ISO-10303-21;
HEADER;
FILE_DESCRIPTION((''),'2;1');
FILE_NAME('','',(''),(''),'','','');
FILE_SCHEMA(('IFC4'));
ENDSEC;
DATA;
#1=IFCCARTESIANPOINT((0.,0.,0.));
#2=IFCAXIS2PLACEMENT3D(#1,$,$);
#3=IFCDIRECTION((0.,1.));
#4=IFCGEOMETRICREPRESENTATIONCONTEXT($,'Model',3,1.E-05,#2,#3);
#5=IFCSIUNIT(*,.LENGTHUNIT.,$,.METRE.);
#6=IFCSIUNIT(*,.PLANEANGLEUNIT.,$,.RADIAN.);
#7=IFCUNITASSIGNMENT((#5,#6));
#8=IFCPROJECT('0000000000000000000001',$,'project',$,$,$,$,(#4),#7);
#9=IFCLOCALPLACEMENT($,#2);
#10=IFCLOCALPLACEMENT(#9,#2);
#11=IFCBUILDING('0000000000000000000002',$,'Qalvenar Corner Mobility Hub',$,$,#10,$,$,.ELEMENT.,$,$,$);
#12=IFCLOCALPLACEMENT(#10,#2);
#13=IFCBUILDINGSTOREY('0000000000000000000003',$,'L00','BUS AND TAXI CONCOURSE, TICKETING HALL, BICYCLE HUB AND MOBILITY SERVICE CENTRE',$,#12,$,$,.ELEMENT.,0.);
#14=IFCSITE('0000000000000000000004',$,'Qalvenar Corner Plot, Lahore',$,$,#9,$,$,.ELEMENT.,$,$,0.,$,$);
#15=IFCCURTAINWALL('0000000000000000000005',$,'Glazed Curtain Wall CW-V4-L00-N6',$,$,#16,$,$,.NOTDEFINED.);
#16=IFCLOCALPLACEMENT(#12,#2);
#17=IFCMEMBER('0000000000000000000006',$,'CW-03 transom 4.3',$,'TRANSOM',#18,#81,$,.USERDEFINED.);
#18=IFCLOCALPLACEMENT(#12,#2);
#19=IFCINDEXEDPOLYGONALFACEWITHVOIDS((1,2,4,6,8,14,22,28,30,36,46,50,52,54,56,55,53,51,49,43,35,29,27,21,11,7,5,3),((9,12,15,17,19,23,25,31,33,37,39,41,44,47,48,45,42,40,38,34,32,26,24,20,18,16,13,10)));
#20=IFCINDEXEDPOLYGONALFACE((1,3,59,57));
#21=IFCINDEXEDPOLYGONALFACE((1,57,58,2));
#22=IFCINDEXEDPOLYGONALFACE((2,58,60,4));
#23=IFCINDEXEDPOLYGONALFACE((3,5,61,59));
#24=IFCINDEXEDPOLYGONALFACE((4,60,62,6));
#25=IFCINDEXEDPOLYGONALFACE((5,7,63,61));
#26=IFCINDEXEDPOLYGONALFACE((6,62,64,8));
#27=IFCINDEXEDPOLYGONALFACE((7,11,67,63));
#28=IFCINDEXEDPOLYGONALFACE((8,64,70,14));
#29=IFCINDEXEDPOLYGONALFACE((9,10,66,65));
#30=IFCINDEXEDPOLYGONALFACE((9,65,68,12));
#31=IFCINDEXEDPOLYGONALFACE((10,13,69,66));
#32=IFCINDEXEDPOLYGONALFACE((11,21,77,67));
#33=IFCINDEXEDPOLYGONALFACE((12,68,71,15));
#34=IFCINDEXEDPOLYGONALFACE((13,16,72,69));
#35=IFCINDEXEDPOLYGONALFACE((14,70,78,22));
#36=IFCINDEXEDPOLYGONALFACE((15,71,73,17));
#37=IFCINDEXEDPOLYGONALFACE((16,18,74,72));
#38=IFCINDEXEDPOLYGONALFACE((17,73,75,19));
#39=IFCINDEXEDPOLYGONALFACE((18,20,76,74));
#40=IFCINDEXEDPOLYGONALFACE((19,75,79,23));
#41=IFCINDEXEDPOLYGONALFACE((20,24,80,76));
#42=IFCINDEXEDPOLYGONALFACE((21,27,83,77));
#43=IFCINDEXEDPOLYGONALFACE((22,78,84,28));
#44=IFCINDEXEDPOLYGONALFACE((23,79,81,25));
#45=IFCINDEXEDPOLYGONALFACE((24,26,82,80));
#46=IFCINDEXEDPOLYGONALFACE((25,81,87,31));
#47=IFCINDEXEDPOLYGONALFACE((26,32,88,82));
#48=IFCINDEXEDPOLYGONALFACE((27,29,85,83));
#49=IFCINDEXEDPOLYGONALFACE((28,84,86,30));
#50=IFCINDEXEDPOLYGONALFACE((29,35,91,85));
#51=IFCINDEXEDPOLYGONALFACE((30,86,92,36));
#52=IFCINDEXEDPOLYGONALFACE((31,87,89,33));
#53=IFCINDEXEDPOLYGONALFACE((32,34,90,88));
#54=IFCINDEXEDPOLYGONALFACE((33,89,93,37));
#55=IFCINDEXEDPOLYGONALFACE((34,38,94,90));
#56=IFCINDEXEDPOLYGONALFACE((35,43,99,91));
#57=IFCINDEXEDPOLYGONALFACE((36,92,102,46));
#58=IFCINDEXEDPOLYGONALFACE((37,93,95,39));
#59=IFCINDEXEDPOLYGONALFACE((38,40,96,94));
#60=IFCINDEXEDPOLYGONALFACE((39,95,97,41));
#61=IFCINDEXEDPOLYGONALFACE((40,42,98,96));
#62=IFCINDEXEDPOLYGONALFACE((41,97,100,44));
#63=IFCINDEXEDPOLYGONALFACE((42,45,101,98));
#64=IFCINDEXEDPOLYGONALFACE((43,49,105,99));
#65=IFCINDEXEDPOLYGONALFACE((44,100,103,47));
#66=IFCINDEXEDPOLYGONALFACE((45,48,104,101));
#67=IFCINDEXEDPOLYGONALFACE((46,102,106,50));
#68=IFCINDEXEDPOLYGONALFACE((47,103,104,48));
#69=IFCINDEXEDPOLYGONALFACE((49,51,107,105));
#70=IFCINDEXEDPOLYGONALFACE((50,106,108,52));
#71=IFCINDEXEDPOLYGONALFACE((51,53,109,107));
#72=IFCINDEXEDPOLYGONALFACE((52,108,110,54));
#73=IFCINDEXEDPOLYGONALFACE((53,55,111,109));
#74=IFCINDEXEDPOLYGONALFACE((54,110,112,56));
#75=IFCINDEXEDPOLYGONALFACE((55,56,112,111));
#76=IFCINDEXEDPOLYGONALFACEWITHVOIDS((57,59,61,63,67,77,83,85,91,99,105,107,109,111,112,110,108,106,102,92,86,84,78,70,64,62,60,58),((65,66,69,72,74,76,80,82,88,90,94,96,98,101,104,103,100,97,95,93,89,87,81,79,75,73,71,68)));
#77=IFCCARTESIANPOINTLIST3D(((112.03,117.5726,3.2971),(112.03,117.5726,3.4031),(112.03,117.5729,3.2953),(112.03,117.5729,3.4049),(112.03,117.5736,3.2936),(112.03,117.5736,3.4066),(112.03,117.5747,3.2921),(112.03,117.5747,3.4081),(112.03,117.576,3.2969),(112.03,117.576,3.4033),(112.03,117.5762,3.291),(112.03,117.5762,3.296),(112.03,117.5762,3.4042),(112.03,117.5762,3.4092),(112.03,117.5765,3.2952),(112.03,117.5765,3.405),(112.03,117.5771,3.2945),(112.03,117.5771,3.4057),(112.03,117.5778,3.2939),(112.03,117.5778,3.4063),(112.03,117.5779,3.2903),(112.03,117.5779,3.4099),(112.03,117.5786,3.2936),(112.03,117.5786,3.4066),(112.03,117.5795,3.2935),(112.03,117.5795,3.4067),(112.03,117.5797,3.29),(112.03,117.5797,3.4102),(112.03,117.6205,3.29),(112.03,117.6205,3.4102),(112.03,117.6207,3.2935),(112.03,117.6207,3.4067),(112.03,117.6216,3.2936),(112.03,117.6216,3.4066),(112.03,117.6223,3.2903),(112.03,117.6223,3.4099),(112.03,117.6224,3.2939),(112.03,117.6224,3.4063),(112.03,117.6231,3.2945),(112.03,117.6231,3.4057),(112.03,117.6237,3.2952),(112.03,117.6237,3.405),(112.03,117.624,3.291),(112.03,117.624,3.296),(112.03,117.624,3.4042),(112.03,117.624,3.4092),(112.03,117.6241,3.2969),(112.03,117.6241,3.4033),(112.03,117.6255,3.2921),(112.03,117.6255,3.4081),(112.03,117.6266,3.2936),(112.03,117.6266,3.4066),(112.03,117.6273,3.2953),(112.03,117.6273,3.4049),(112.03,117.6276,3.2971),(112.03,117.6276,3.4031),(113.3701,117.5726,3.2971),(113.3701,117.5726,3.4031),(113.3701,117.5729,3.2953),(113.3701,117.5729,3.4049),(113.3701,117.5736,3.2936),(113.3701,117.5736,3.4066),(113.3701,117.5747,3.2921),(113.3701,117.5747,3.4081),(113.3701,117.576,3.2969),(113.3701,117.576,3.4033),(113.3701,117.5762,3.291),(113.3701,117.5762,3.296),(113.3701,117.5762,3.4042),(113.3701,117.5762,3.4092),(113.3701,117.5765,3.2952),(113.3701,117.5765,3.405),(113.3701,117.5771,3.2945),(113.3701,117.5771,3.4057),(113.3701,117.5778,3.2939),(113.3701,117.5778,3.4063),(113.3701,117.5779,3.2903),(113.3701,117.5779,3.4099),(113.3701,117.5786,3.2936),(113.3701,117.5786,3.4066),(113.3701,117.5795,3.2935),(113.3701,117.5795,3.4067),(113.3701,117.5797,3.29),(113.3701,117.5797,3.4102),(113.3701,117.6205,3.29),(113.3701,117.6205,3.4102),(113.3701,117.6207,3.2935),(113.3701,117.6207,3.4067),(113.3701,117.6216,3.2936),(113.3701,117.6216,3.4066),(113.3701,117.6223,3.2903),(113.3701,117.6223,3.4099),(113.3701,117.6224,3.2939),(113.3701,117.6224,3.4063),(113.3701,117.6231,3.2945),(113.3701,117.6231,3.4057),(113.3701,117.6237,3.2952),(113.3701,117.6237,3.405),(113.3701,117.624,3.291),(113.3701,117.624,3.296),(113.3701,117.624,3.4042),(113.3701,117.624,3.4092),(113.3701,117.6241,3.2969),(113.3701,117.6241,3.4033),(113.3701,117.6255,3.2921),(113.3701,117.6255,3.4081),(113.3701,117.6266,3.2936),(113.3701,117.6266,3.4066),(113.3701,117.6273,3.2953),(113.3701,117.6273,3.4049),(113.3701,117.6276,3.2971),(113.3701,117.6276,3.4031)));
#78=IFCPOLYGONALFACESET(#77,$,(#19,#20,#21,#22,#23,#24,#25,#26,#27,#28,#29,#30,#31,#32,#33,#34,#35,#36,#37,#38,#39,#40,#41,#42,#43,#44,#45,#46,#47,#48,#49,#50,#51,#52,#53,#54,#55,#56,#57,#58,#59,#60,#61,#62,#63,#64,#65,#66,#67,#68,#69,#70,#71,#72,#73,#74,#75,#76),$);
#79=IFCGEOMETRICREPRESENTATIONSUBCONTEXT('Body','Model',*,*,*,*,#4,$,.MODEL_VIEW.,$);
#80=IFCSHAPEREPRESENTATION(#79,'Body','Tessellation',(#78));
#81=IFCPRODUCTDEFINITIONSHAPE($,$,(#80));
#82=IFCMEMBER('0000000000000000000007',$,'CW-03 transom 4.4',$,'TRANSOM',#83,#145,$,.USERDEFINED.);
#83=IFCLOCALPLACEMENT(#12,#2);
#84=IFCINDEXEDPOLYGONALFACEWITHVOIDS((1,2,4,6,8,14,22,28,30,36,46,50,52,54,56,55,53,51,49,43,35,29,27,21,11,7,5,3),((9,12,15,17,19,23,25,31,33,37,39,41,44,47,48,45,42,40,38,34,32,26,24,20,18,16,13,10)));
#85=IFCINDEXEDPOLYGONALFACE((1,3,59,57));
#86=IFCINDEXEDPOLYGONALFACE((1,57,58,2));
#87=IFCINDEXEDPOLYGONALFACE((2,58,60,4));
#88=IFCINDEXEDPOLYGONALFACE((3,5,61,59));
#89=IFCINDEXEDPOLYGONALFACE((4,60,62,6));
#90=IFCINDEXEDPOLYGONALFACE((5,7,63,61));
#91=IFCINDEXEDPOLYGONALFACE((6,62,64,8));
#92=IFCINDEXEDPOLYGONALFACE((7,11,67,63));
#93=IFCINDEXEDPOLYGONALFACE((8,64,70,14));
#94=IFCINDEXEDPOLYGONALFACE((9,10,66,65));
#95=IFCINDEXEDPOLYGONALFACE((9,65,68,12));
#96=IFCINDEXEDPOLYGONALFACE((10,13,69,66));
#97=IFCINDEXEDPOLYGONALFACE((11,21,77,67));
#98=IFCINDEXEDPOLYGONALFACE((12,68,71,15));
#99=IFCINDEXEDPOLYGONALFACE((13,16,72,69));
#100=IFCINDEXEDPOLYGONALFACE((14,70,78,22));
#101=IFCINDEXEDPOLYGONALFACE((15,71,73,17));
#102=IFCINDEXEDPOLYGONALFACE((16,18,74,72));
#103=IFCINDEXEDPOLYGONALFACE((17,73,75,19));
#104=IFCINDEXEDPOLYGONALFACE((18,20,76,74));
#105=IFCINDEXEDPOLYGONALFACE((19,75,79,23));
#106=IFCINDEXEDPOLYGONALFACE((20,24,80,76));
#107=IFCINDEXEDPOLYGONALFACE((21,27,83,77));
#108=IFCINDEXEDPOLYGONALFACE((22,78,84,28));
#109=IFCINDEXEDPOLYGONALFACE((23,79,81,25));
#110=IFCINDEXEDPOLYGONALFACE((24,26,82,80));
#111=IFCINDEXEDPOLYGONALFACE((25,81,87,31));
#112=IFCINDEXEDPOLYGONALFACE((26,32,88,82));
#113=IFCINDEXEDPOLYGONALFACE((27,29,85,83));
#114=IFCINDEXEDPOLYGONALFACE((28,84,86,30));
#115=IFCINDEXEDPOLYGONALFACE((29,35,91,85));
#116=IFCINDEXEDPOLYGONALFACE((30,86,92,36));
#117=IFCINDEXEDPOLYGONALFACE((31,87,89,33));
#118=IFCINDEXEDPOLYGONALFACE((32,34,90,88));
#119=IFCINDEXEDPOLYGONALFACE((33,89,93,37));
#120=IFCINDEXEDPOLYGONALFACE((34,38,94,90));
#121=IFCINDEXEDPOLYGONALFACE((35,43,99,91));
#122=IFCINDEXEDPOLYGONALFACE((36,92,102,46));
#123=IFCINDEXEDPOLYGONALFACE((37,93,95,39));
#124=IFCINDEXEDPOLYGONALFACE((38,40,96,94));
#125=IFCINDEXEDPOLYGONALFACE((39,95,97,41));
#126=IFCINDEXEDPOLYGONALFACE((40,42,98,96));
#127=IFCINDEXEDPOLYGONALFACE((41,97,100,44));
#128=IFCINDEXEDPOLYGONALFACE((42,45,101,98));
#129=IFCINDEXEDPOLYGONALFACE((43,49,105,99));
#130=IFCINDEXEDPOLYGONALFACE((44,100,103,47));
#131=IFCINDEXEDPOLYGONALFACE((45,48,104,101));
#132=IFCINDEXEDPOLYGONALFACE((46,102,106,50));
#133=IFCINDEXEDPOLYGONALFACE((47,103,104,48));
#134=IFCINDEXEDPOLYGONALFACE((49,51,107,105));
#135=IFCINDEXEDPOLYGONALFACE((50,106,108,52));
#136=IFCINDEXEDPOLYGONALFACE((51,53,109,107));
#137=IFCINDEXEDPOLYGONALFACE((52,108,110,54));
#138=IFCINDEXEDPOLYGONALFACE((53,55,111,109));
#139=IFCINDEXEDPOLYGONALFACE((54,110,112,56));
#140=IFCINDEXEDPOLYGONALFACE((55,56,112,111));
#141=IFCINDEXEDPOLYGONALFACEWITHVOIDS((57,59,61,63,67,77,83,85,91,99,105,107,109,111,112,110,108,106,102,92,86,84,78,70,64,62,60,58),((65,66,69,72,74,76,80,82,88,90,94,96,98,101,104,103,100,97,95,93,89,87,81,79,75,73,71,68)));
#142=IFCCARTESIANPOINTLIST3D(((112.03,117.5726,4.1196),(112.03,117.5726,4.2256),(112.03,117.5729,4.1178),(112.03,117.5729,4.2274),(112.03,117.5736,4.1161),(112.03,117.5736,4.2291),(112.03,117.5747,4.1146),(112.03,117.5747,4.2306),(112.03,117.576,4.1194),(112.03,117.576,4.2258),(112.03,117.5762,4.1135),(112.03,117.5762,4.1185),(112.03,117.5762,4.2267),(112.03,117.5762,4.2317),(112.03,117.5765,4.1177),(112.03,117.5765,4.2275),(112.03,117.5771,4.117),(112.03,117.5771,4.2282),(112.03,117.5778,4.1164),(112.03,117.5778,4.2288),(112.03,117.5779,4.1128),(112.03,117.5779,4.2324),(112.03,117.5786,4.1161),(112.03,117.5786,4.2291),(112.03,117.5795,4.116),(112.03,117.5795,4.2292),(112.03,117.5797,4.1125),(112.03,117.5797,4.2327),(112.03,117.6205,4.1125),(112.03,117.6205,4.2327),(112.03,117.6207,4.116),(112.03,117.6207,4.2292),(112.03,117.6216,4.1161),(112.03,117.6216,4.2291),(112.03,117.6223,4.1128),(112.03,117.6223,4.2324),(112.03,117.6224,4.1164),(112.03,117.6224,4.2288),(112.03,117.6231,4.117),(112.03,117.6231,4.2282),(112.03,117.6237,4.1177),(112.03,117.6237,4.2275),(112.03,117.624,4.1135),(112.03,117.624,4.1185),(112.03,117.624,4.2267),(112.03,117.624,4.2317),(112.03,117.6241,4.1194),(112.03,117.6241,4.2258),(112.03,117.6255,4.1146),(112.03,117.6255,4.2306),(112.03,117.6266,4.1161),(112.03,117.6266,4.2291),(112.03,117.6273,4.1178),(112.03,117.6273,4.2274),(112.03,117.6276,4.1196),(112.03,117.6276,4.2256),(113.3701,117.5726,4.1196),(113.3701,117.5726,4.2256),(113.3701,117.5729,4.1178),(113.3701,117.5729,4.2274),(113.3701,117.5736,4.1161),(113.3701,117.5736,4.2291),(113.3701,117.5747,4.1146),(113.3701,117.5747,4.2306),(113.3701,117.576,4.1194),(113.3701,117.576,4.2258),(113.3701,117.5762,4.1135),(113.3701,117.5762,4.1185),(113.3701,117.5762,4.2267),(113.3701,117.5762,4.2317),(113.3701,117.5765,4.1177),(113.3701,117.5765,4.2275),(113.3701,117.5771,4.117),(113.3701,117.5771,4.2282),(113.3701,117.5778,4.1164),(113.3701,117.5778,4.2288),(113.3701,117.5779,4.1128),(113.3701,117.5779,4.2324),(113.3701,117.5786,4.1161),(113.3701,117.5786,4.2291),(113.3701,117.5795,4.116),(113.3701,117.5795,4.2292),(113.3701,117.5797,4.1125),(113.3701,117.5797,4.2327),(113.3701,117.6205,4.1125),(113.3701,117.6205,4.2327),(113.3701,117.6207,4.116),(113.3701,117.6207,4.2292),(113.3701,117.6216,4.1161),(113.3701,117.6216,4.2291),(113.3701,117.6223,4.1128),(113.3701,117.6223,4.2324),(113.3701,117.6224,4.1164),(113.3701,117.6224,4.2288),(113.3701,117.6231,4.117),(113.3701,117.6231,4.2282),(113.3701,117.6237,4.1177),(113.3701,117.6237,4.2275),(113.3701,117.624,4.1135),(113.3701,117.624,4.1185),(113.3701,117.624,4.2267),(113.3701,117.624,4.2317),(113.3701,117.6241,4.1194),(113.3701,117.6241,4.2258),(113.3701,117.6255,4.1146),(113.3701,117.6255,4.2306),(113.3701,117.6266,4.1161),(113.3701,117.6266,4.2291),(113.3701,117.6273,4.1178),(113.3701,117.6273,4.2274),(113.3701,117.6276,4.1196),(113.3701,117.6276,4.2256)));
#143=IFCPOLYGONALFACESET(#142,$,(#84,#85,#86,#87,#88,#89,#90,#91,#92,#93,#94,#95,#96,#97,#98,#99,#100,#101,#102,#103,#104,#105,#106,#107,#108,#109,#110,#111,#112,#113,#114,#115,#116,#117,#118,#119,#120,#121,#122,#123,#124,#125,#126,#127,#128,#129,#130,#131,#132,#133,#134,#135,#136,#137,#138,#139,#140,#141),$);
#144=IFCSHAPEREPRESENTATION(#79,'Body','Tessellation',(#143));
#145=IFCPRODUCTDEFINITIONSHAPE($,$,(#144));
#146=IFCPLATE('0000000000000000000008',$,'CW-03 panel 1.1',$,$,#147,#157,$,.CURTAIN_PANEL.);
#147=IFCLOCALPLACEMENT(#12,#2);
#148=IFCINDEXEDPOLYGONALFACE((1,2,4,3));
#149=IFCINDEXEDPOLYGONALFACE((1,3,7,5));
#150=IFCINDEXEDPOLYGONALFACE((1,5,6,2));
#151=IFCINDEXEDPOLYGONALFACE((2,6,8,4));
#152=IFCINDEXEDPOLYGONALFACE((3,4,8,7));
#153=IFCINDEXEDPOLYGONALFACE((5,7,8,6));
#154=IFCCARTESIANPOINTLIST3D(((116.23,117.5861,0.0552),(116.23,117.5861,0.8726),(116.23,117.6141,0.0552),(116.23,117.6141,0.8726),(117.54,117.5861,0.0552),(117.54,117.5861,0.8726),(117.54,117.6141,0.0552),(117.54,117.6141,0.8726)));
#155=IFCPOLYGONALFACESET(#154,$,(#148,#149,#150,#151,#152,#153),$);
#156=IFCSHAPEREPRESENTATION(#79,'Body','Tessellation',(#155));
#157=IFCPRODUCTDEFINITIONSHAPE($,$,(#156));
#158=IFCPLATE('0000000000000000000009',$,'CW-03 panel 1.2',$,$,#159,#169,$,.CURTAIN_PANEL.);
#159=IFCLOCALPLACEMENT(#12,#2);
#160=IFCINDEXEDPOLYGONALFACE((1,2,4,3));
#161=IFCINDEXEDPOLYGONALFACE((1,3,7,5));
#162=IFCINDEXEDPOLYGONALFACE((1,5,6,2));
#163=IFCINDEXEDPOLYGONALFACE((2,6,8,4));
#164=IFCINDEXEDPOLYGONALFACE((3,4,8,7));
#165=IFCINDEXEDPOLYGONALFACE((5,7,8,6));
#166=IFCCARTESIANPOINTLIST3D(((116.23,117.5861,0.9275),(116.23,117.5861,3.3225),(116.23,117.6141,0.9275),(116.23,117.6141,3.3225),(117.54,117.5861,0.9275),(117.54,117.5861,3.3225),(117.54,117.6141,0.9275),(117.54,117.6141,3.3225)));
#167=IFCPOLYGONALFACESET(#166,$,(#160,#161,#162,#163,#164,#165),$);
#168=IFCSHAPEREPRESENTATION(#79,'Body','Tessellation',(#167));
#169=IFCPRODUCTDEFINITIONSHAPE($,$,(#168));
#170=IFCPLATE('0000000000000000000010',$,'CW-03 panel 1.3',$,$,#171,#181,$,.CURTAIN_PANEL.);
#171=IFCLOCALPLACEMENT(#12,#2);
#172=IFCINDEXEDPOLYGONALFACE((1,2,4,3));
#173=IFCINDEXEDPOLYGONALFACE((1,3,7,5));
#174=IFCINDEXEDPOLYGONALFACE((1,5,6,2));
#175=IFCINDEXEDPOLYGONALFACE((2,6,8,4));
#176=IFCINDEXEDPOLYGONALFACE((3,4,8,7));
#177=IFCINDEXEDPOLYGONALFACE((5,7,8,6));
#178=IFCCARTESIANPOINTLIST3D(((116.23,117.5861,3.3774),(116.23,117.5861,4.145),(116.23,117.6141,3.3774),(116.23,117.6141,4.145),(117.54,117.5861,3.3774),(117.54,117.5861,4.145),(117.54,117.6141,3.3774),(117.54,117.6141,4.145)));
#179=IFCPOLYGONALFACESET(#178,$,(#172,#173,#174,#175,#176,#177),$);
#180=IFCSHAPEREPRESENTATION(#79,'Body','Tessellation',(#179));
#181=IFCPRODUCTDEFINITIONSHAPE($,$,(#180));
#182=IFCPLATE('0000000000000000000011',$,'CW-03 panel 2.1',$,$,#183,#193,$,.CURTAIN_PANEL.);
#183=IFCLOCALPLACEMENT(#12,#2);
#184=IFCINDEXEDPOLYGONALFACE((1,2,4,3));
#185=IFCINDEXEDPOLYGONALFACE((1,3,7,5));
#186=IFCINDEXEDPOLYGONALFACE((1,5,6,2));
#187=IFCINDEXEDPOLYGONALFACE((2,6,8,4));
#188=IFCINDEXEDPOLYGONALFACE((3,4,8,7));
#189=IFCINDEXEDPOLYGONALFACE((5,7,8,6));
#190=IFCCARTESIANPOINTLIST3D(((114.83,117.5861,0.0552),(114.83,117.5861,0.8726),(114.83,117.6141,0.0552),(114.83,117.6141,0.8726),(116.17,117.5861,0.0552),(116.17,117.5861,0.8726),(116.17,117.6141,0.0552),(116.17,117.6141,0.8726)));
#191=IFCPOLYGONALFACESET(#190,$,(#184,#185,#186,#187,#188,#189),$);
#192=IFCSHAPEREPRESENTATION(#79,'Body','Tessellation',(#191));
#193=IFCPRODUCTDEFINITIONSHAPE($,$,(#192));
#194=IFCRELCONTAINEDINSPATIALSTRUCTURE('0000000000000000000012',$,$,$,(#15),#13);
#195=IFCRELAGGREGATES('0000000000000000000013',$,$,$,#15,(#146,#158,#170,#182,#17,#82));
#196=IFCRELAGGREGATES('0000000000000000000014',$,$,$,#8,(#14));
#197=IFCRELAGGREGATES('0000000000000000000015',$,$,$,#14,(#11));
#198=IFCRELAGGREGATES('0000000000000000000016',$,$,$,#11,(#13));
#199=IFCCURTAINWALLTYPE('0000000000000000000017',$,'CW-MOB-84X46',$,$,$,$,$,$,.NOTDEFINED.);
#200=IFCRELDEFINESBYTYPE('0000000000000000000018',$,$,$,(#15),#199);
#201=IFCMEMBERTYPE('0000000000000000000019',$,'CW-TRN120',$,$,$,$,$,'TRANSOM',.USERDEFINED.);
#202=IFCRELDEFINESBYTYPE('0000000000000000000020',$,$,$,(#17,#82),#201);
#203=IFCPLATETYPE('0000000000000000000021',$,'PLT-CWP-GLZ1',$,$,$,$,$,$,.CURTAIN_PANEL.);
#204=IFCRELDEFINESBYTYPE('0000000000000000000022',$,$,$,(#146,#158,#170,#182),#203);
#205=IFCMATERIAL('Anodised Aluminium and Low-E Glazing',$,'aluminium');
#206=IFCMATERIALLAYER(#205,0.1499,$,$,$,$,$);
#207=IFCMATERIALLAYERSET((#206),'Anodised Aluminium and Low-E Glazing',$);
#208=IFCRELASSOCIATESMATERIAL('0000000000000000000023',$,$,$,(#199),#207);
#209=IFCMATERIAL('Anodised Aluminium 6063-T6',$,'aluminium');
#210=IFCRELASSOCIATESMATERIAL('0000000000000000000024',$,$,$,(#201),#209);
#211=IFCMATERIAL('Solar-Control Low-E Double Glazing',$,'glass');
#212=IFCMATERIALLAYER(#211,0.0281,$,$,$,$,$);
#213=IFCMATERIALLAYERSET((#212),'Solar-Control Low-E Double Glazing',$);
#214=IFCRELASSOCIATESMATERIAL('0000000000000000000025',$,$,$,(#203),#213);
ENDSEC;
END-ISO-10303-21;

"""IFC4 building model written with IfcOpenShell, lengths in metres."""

from ifc_helpers import new_model, si_unit, direction, frame, origin, origin_2d, place, context, subcontext, project, spatial, rectangle, hollow_rectangle, extrude, material, layer, layer_set, material_profile, profile_set, type_object, element, aggregate, save


model = new_model("IFC4")

# Units and contexts
model_context = context("Model", 3, precision=1e-05, world=origin(), true_north=direction((0.0, 1.0)))
body_context = subcontext(model_context, "Body", "Model", "MODEL_VIEW")
ifc_project = project(units=[si_unit("LENGTHUNIT", "METRE"), si_unit("PLANEANGLEUNIT", "RADIAN")], contexts=[model_context])

# Site, building, storey
site_placement = place(None, origin())
site = spatial("IfcSite", under=ifc_project, at=site_placement, Name="Qalvenar Corner Plot, Lahore", CompositionType="ELEMENT", RefElevation=0.0)
building_placement = place(site_placement, origin())
building = spatial("IfcBuilding", under=site, at=building_placement, Name="Qalvenar Corner Mobility Hub", CompositionType="ELEMENT")
storey_placement = place(building_placement, origin())
storey = spatial("IfcBuildingStorey", under=building, at=storey_placement, Name="L00", Description="BUS AND TAXI CONCOURSE, TICKETING HALL, BICYCLE HUB AND MOBILITY SERVICE CENTRE", CompositionType="ELEMENT", Elevation=0.0)

# Curtain wall, members, plates
ifc_material_1 = material(Name="Anodised Aluminium and Low-E Glazing", Category="aluminium")
ifc_layer_1 = layer(ifc_material_1, 0.1499)
ifc_layer_set_1 = layer_set([ifc_layer_1], Name="Anodised Aluminium and Low-E Glazing")
curtain_wall_type = type_object("IfcCurtainWallType", Name="CW-MOB-84X46", PredefinedType="NOTDEFINED", material=ifc_layer_set_1)
curtain_wall_placement = place(storey_placement, origin())
curtain_wall = element("IfcCurtainWall", 1, at=curtain_wall_placement, inside=storey, type_object=curtain_wall_type, Name="Glazed Curtain Wall CW-V4-L00-N6", PredefinedType="NOTDEFINED")
ifc_material_2 = material(Name="Anodised Aluminium 6063-T6", Category="aluminium")
ifc_material_profile_1 = material_profile(ifc_material_2, hollow_rectangle(XDim=0.0549, YDim=0.1201, WallThickness=0.0034, InnerFilletRadius=0.0034, OuterFilletRadius=0.0071, at=origin_2d()), Name="RHS120x55x3.5")
ifc_profile_set_1 = profile_set([ifc_material_profile_1], Name="Anodised Aluminium 6063-T6")
member_type_1 = type_object("IfcMemberType", Name="CW-TRN120", ElementType="TRANSOM", PredefinedType="USERDEFINED", material=ifc_profile_set_1)
member_1_placement = place(storey_placement, frame((113.3701, 117.6001, 3.3501), z_axis=(-1.0, 0.0, 0.0), x_axis=(0.0, -1.0, 0.0)))
member_1 = element("IfcMember", 2, at=member_1_placement, type_object=member_type_1, Name="CW-03 transom 4.3", ObjectType="TRANSOM", PredefinedType="USERDEFINED", context=body_context, shape_type="SweptSolid", body=[
    extrude(hollow_rectangle(XDim=0.0549, YDim=0.1201, WallThickness=0.0034, InnerFilletRadius=0.0034, OuterFilletRadius=0.0071, at=origin_2d()), origin(), (0.0, 0.0, 1.0), 1.3401),
])
member_2_placement = place(storey_placement, frame((113.3701, 117.6001, 4.1726), z_axis=(-1.0, 0.0, 0.0), x_axis=(0.0, -1.0, 0.0)))
member_2 = element("IfcMember", 3, at=member_2_placement, type_object=member_type_1, Name="CW-03 transom 4.4", ObjectType="TRANSOM", PredefinedType="USERDEFINED", context=body_context, shape_type="SweptSolid", body=[
    extrude(hollow_rectangle(XDim=0.0549, YDim=0.1201, WallThickness=0.0034, InnerFilletRadius=0.0034, OuterFilletRadius=0.0071, at=origin_2d()), origin(), (0.0, 0.0, 1.0), 1.3401),
])
ifc_material_3 = material(Name="Solar-Control Low-E Double Glazing", Category="glass")
ifc_layer_2 = layer(ifc_material_3, 0.0281)
ifc_layer_set_2 = layer_set([ifc_layer_2], Name="Solar-Control Low-E Double Glazing")
plate_type = type_object("IfcPlateType", Name="PLT-CWP-GLZ1", PredefinedType="CURTAIN_PANEL", material=ifc_layer_set_2)
plate_1_placement = place(storey_placement, frame((116.885, 117.6001, 0.0552), z_axis=(0.0, 0.0, 1.0), x_axis=(-1.0, 0.0, 0.0)))
plate_1 = element("IfcPlate", 4, at=plate_1_placement, type_object=plate_type, Name="CW-03 panel 1.1", PredefinedType="CURTAIN_PANEL", context=body_context, shape_type="SweptSolid", body=[
    extrude(rectangle(XDim=1.3101, YDim=0.0281, at=origin_2d()), origin(), (0.0, 0.0, 1.0), 0.8174),
])
plate_2_placement = place(storey_placement, frame((116.885, 117.6001, 0.9275), z_axis=(0.0, 0.0, 1.0), x_axis=(-1.0, 0.0, 0.0)))
plate_2 = element("IfcPlate", 5, at=plate_2_placement, type_object=plate_type, Name="CW-03 panel 1.2", PredefinedType="CURTAIN_PANEL", context=body_context, shape_type="SweptSolid", body=[
    extrude(rectangle(XDim=1.3101, YDim=0.0281, at=origin_2d()), origin(), (0.0, 0.0, 1.0), 2.395),
])
plate_3_placement = place(storey_placement, frame((116.885, 117.6001, 3.3774), z_axis=(0.0, 0.0, 1.0), x_axis=(-1.0, 0.0, 0.0)))
plate_3 = element("IfcPlate", 6, at=plate_3_placement, type_object=plate_type, Name="CW-03 panel 1.3", PredefinedType="CURTAIN_PANEL", context=body_context, shape_type="SweptSolid", body=[
    extrude(rectangle(XDim=1.3101, YDim=0.0281, at=origin_2d()), origin(), (0.0, 0.0, 1.0), 0.7676),
])
plate_4_placement = place(storey_placement, frame((115.5, 117.6001, 0.0552), z_axis=(0.0, 0.0, 1.0), x_axis=(-1.0, 0.0, 0.0)))
plate_4 = element("IfcPlate", 7, at=plate_4_placement, type_object=plate_type, Name="CW-03 panel 2.1", PredefinedType="CURTAIN_PANEL", context=body_context, shape_type="SweptSolid", body=[
    extrude(rectangle(XDim=1.3401, YDim=0.0281, at=origin_2d()), origin(), (0.0, 0.0, 1.0), 0.8174),
])
aggregate(curtain_wall, [plate_1, plate_2, plate_3, plate_4, member_1, member_2])

save(model, "model.ifc")
